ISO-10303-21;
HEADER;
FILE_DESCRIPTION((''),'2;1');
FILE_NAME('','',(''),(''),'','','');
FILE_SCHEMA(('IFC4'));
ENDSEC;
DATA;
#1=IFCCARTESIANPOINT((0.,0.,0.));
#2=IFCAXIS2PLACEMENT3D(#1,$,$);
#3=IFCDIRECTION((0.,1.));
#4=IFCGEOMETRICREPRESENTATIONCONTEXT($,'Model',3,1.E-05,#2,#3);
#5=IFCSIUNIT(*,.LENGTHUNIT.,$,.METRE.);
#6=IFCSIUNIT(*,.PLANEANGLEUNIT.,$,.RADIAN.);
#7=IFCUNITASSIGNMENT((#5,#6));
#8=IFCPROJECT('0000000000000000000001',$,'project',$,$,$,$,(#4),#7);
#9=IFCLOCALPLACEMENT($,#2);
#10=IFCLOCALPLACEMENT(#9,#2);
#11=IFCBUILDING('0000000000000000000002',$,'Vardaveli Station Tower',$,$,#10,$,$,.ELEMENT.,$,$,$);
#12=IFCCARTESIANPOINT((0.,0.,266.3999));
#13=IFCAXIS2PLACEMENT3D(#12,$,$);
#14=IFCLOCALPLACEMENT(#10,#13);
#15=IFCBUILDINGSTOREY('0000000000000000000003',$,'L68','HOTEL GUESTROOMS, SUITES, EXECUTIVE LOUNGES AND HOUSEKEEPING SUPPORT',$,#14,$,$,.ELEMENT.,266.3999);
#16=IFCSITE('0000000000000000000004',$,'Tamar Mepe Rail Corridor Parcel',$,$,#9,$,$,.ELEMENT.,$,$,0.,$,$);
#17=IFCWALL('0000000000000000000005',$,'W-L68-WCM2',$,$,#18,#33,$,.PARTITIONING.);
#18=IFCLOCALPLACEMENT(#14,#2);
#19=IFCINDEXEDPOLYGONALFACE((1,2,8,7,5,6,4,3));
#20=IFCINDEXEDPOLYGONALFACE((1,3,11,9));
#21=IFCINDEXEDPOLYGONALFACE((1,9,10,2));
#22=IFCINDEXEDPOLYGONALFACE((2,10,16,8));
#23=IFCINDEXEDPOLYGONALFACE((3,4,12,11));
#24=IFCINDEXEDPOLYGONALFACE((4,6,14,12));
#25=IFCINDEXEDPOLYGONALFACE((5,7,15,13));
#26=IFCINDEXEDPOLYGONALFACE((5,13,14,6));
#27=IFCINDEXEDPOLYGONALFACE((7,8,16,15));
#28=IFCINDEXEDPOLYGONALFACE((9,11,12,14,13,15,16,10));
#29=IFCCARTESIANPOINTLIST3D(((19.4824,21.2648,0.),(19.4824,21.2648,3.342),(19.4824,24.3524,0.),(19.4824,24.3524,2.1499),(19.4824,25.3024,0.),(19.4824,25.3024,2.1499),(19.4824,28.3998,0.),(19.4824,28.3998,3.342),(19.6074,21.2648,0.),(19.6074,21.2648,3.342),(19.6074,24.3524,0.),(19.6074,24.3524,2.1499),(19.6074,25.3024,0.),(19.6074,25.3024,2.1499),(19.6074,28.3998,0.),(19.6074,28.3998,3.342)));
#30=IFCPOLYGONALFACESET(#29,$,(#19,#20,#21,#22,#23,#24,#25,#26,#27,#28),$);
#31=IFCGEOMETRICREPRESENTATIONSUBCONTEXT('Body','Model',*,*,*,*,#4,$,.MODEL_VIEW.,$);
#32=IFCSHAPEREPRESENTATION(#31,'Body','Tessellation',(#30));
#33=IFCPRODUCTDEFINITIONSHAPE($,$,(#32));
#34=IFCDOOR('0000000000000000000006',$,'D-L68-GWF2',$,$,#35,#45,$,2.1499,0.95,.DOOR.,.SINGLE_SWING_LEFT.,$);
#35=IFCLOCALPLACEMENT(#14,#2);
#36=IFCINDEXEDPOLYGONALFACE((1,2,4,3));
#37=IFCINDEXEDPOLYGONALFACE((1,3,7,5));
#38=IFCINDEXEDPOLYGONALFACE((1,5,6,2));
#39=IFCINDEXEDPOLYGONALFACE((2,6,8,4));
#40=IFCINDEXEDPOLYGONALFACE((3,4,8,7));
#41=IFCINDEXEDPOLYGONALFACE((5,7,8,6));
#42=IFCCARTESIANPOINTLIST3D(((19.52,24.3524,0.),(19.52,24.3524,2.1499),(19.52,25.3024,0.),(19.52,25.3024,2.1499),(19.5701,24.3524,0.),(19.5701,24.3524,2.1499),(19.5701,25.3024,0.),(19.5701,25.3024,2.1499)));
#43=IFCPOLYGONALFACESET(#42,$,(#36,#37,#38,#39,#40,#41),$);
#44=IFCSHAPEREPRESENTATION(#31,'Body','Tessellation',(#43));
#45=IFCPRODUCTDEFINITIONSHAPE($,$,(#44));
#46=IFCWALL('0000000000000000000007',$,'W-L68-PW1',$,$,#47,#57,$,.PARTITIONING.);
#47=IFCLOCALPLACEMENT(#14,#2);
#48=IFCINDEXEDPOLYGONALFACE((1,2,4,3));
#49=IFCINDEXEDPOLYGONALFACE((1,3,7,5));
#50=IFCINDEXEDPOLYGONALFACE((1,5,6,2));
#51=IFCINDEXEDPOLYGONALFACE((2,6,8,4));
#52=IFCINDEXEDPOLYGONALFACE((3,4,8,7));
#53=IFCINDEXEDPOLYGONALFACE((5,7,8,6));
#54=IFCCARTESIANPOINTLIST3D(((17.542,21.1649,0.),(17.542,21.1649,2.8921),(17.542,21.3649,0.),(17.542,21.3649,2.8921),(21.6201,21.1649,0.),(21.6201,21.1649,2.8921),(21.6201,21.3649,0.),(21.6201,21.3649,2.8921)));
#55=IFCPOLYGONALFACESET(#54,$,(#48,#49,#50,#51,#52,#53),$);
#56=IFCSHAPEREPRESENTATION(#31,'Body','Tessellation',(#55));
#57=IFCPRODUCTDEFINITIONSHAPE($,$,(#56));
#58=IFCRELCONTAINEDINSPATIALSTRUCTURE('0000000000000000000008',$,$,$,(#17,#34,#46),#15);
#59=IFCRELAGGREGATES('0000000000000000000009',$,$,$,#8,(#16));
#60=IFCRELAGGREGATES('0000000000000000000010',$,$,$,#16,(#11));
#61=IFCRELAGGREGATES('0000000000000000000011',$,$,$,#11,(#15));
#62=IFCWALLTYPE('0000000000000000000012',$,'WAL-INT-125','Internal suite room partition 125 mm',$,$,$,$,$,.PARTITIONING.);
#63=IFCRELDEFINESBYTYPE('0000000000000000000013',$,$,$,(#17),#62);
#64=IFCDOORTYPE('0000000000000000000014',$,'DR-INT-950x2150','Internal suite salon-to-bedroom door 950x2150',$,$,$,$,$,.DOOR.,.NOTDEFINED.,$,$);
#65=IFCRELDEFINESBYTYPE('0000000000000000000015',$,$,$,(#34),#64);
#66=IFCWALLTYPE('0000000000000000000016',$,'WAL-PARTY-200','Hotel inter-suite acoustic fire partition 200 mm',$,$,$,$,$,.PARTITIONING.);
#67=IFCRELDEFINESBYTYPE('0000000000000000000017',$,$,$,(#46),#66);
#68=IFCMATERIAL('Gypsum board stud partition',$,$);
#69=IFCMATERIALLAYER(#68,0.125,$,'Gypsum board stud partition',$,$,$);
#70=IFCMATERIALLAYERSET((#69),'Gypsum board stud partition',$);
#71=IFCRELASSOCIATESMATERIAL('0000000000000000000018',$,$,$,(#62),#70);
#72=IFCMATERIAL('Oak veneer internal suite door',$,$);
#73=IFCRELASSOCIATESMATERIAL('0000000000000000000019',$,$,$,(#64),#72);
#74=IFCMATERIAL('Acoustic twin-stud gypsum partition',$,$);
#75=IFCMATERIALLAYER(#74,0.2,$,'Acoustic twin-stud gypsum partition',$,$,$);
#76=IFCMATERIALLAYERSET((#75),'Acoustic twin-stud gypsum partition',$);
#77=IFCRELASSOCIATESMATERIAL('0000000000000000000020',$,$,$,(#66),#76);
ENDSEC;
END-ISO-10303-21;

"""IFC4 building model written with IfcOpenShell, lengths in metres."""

from ifc_helpers import new_model, si_unit, direction, frame, frame_2d, origin, place, context, subcontext, project, spatial, rectangle, extrude, source, transform, mapped, material, layer, layer_set, type_object, element, fill, save


model = new_model("IFC4")

# Units and contexts
model_context = context("Model", 3, precision=1e-05, world=origin(), true_north=direction((0.0, 1.0)))
body_context = subcontext(model_context, "Body", "Model", "MODEL_VIEW")
ifc_project = project(units=[si_unit("LENGTHUNIT", "METRE"), si_unit("PLANEANGLEUNIT", "RADIAN")], contexts=[model_context])

# Site, building, storey
site_placement = place(None, origin())
site = spatial("IfcSite", under=ifc_project, at=site_placement, Name="Tamar Mepe Rail Corridor Parcel", CompositionType="ELEMENT", RefElevation=0.0)
building_placement = place(site_placement, origin())
building = spatial("IfcBuilding", under=site, at=building_placement, Name="Vardaveli Station Tower", CompositionType="ELEMENT")
storey_placement = place(building_placement, frame((0.0, 0.0, 266.3999)))
storey = spatial("IfcBuildingStorey", under=building, at=storey_placement, Name="L68", Description="HOTEL GUESTROOMS, SUITES, EXECUTIVE LOUNGES AND HOUSEKEEPING SUPPORT", CompositionType="ELEMENT", Elevation=266.3999)

# Wall, opening, door
ifc_material_1 = material(Name="Gypsum board stud partition")
ifc_layer_1 = layer(ifc_material_1, 0.125, Name="Gypsum board stud partition")
ifc_layer_set_1 = layer_set([ifc_layer_1], Name="Gypsum board stud partition")
wall_type_1 = type_object("IfcWallType", Name="WAL-INT-125", Description="Internal suite room partition 125 mm", PredefinedType="PARTITIONING", material=ifc_layer_set_1)
shared_shape_1 = source(origin(), body_context, "Body", "SweptSolid", [
    extrude(rectangle(XDim=7.135, YDim=0.125, at=frame_2d((3.5674, 0.0))), origin(), (0.0, 0.0, 1.0), 3.342),
])
wall_1_placement = place(storey_placement, frame((19.5449, 21.2649, 0.0), z_axis=(0.0, 0.0, 1.0), x_axis=(0.0, 1.0, 0.0)))
wall_1 = element("IfcWall", 1, at=wall_1_placement, inside=storey, type_object=wall_type_1, Name="W-L68-WCM2", PredefinedType="PARTITIONING", context=body_context, shape_type="MappedRepresentation", body=[
    mapped(shared_shape_1, transform((0.0, 0.0, 0.0), scale=1.0)),
])
shared_shape_2 = source(origin(), body_context, "Body", "SweptSolid", [
    extrude(rectangle(XDim=0.95, YDim=2.1499, at=frame_2d((0.4751, 1.075))), frame((0.0, 0.0725, 0.0), z_axis=(0.0, -1.0, 0.0), x_axis=(1.0, 0.0, 0.0)), (0.0, 0.0, 1.0), 0.145),
])
opening_1_placement = place(wall_1_placement, frame((3.0874, 0.0, 0.0)))
opening_1 = element("IfcOpeningElement", 2, at=opening_1_placement, cuts=wall_1, PredefinedType="OPENING", context=body_context, shape_type="MappedRepresentation", body=[
    mapped(shared_shape_2, transform((0.0, 0.0, 0.0), scale=1.0)),
])
ifc_material_2 = material(Name="Oak veneer internal suite door")
door_type_1 = type_object("IfcDoorType", Name="DR-INT-950x2150", Description="Internal suite salon-to-bedroom door 950x2150", OperationType="NOTDEFINED", PredefinedType="DOOR", material=ifc_material_2)
shared_shape_3 = source(origin(), body_context, "Body", "SweptSolid", [
    extrude(rectangle(XDim=0.95, YDim=2.1499, at=frame_2d((0.4751, 1.075))), frame((0.0, 0.0249, 0.0), z_axis=(0.0, -1.0, 0.0), x_axis=(1.0, 0.0, 0.0)), (0.0, 0.0, 1.0), 0.05),
])
door_1_placement = place(opening_1_placement, origin())
door_1 = element("IfcDoor", 3, at=door_1_placement, inside=storey, type_object=door_type_1, Name="D-L68-GWF2", OperationType="SINGLE_SWING_LEFT", OverallHeight=2.1499, OverallWidth=0.95, PredefinedType="DOOR", context=body_context, shape_type="MappedRepresentation", body=[
    mapped(shared_shape_3, transform((0.0, 0.0, 0.0), scale=1.0)),
])
fill(opening_1, door_1)

# Wall
ifc_material_3 = material(Name="Acoustic twin-stud gypsum partition")
ifc_layer_2 = layer(ifc_material_3, 0.2, Name="Acoustic twin-stud gypsum partition")
ifc_layer_set_2 = layer_set([ifc_layer_2], Name="Acoustic twin-stud gypsum partition")
wall_type_2 = type_object("IfcWallType", Name="WAL-PARTY-200", Description="Hotel inter-suite acoustic fire partition 200 mm", PredefinedType="PARTITIONING", material=ifc_layer_set_2)
shared_shape_4 = source(origin(), body_context, "Body", "SweptSolid", [
    extrude(rectangle(XDim=4.0781, YDim=0.2, at=frame_2d((2.0391, 0.0))), origin(), (0.0, 0.0, 1.0), 2.8921),
])
wall_2_placement = place(storey_placement, frame((17.542, 21.2649, 0.0), z_axis=(0.0, 0.0, 1.0), x_axis=(1.0, 0.0, 0.0)))
element("IfcWall", 4, at=wall_2_placement, inside=storey, type_object=wall_type_2, Name="W-L68-PW1", PredefinedType="PARTITIONING", context=body_context, shape_type="MappedRepresentation", body=[
    mapped(shared_shape_4, transform((0.0, 0.0, 0.0), scale=1.0)),
])

save(model, "model.ifc")
